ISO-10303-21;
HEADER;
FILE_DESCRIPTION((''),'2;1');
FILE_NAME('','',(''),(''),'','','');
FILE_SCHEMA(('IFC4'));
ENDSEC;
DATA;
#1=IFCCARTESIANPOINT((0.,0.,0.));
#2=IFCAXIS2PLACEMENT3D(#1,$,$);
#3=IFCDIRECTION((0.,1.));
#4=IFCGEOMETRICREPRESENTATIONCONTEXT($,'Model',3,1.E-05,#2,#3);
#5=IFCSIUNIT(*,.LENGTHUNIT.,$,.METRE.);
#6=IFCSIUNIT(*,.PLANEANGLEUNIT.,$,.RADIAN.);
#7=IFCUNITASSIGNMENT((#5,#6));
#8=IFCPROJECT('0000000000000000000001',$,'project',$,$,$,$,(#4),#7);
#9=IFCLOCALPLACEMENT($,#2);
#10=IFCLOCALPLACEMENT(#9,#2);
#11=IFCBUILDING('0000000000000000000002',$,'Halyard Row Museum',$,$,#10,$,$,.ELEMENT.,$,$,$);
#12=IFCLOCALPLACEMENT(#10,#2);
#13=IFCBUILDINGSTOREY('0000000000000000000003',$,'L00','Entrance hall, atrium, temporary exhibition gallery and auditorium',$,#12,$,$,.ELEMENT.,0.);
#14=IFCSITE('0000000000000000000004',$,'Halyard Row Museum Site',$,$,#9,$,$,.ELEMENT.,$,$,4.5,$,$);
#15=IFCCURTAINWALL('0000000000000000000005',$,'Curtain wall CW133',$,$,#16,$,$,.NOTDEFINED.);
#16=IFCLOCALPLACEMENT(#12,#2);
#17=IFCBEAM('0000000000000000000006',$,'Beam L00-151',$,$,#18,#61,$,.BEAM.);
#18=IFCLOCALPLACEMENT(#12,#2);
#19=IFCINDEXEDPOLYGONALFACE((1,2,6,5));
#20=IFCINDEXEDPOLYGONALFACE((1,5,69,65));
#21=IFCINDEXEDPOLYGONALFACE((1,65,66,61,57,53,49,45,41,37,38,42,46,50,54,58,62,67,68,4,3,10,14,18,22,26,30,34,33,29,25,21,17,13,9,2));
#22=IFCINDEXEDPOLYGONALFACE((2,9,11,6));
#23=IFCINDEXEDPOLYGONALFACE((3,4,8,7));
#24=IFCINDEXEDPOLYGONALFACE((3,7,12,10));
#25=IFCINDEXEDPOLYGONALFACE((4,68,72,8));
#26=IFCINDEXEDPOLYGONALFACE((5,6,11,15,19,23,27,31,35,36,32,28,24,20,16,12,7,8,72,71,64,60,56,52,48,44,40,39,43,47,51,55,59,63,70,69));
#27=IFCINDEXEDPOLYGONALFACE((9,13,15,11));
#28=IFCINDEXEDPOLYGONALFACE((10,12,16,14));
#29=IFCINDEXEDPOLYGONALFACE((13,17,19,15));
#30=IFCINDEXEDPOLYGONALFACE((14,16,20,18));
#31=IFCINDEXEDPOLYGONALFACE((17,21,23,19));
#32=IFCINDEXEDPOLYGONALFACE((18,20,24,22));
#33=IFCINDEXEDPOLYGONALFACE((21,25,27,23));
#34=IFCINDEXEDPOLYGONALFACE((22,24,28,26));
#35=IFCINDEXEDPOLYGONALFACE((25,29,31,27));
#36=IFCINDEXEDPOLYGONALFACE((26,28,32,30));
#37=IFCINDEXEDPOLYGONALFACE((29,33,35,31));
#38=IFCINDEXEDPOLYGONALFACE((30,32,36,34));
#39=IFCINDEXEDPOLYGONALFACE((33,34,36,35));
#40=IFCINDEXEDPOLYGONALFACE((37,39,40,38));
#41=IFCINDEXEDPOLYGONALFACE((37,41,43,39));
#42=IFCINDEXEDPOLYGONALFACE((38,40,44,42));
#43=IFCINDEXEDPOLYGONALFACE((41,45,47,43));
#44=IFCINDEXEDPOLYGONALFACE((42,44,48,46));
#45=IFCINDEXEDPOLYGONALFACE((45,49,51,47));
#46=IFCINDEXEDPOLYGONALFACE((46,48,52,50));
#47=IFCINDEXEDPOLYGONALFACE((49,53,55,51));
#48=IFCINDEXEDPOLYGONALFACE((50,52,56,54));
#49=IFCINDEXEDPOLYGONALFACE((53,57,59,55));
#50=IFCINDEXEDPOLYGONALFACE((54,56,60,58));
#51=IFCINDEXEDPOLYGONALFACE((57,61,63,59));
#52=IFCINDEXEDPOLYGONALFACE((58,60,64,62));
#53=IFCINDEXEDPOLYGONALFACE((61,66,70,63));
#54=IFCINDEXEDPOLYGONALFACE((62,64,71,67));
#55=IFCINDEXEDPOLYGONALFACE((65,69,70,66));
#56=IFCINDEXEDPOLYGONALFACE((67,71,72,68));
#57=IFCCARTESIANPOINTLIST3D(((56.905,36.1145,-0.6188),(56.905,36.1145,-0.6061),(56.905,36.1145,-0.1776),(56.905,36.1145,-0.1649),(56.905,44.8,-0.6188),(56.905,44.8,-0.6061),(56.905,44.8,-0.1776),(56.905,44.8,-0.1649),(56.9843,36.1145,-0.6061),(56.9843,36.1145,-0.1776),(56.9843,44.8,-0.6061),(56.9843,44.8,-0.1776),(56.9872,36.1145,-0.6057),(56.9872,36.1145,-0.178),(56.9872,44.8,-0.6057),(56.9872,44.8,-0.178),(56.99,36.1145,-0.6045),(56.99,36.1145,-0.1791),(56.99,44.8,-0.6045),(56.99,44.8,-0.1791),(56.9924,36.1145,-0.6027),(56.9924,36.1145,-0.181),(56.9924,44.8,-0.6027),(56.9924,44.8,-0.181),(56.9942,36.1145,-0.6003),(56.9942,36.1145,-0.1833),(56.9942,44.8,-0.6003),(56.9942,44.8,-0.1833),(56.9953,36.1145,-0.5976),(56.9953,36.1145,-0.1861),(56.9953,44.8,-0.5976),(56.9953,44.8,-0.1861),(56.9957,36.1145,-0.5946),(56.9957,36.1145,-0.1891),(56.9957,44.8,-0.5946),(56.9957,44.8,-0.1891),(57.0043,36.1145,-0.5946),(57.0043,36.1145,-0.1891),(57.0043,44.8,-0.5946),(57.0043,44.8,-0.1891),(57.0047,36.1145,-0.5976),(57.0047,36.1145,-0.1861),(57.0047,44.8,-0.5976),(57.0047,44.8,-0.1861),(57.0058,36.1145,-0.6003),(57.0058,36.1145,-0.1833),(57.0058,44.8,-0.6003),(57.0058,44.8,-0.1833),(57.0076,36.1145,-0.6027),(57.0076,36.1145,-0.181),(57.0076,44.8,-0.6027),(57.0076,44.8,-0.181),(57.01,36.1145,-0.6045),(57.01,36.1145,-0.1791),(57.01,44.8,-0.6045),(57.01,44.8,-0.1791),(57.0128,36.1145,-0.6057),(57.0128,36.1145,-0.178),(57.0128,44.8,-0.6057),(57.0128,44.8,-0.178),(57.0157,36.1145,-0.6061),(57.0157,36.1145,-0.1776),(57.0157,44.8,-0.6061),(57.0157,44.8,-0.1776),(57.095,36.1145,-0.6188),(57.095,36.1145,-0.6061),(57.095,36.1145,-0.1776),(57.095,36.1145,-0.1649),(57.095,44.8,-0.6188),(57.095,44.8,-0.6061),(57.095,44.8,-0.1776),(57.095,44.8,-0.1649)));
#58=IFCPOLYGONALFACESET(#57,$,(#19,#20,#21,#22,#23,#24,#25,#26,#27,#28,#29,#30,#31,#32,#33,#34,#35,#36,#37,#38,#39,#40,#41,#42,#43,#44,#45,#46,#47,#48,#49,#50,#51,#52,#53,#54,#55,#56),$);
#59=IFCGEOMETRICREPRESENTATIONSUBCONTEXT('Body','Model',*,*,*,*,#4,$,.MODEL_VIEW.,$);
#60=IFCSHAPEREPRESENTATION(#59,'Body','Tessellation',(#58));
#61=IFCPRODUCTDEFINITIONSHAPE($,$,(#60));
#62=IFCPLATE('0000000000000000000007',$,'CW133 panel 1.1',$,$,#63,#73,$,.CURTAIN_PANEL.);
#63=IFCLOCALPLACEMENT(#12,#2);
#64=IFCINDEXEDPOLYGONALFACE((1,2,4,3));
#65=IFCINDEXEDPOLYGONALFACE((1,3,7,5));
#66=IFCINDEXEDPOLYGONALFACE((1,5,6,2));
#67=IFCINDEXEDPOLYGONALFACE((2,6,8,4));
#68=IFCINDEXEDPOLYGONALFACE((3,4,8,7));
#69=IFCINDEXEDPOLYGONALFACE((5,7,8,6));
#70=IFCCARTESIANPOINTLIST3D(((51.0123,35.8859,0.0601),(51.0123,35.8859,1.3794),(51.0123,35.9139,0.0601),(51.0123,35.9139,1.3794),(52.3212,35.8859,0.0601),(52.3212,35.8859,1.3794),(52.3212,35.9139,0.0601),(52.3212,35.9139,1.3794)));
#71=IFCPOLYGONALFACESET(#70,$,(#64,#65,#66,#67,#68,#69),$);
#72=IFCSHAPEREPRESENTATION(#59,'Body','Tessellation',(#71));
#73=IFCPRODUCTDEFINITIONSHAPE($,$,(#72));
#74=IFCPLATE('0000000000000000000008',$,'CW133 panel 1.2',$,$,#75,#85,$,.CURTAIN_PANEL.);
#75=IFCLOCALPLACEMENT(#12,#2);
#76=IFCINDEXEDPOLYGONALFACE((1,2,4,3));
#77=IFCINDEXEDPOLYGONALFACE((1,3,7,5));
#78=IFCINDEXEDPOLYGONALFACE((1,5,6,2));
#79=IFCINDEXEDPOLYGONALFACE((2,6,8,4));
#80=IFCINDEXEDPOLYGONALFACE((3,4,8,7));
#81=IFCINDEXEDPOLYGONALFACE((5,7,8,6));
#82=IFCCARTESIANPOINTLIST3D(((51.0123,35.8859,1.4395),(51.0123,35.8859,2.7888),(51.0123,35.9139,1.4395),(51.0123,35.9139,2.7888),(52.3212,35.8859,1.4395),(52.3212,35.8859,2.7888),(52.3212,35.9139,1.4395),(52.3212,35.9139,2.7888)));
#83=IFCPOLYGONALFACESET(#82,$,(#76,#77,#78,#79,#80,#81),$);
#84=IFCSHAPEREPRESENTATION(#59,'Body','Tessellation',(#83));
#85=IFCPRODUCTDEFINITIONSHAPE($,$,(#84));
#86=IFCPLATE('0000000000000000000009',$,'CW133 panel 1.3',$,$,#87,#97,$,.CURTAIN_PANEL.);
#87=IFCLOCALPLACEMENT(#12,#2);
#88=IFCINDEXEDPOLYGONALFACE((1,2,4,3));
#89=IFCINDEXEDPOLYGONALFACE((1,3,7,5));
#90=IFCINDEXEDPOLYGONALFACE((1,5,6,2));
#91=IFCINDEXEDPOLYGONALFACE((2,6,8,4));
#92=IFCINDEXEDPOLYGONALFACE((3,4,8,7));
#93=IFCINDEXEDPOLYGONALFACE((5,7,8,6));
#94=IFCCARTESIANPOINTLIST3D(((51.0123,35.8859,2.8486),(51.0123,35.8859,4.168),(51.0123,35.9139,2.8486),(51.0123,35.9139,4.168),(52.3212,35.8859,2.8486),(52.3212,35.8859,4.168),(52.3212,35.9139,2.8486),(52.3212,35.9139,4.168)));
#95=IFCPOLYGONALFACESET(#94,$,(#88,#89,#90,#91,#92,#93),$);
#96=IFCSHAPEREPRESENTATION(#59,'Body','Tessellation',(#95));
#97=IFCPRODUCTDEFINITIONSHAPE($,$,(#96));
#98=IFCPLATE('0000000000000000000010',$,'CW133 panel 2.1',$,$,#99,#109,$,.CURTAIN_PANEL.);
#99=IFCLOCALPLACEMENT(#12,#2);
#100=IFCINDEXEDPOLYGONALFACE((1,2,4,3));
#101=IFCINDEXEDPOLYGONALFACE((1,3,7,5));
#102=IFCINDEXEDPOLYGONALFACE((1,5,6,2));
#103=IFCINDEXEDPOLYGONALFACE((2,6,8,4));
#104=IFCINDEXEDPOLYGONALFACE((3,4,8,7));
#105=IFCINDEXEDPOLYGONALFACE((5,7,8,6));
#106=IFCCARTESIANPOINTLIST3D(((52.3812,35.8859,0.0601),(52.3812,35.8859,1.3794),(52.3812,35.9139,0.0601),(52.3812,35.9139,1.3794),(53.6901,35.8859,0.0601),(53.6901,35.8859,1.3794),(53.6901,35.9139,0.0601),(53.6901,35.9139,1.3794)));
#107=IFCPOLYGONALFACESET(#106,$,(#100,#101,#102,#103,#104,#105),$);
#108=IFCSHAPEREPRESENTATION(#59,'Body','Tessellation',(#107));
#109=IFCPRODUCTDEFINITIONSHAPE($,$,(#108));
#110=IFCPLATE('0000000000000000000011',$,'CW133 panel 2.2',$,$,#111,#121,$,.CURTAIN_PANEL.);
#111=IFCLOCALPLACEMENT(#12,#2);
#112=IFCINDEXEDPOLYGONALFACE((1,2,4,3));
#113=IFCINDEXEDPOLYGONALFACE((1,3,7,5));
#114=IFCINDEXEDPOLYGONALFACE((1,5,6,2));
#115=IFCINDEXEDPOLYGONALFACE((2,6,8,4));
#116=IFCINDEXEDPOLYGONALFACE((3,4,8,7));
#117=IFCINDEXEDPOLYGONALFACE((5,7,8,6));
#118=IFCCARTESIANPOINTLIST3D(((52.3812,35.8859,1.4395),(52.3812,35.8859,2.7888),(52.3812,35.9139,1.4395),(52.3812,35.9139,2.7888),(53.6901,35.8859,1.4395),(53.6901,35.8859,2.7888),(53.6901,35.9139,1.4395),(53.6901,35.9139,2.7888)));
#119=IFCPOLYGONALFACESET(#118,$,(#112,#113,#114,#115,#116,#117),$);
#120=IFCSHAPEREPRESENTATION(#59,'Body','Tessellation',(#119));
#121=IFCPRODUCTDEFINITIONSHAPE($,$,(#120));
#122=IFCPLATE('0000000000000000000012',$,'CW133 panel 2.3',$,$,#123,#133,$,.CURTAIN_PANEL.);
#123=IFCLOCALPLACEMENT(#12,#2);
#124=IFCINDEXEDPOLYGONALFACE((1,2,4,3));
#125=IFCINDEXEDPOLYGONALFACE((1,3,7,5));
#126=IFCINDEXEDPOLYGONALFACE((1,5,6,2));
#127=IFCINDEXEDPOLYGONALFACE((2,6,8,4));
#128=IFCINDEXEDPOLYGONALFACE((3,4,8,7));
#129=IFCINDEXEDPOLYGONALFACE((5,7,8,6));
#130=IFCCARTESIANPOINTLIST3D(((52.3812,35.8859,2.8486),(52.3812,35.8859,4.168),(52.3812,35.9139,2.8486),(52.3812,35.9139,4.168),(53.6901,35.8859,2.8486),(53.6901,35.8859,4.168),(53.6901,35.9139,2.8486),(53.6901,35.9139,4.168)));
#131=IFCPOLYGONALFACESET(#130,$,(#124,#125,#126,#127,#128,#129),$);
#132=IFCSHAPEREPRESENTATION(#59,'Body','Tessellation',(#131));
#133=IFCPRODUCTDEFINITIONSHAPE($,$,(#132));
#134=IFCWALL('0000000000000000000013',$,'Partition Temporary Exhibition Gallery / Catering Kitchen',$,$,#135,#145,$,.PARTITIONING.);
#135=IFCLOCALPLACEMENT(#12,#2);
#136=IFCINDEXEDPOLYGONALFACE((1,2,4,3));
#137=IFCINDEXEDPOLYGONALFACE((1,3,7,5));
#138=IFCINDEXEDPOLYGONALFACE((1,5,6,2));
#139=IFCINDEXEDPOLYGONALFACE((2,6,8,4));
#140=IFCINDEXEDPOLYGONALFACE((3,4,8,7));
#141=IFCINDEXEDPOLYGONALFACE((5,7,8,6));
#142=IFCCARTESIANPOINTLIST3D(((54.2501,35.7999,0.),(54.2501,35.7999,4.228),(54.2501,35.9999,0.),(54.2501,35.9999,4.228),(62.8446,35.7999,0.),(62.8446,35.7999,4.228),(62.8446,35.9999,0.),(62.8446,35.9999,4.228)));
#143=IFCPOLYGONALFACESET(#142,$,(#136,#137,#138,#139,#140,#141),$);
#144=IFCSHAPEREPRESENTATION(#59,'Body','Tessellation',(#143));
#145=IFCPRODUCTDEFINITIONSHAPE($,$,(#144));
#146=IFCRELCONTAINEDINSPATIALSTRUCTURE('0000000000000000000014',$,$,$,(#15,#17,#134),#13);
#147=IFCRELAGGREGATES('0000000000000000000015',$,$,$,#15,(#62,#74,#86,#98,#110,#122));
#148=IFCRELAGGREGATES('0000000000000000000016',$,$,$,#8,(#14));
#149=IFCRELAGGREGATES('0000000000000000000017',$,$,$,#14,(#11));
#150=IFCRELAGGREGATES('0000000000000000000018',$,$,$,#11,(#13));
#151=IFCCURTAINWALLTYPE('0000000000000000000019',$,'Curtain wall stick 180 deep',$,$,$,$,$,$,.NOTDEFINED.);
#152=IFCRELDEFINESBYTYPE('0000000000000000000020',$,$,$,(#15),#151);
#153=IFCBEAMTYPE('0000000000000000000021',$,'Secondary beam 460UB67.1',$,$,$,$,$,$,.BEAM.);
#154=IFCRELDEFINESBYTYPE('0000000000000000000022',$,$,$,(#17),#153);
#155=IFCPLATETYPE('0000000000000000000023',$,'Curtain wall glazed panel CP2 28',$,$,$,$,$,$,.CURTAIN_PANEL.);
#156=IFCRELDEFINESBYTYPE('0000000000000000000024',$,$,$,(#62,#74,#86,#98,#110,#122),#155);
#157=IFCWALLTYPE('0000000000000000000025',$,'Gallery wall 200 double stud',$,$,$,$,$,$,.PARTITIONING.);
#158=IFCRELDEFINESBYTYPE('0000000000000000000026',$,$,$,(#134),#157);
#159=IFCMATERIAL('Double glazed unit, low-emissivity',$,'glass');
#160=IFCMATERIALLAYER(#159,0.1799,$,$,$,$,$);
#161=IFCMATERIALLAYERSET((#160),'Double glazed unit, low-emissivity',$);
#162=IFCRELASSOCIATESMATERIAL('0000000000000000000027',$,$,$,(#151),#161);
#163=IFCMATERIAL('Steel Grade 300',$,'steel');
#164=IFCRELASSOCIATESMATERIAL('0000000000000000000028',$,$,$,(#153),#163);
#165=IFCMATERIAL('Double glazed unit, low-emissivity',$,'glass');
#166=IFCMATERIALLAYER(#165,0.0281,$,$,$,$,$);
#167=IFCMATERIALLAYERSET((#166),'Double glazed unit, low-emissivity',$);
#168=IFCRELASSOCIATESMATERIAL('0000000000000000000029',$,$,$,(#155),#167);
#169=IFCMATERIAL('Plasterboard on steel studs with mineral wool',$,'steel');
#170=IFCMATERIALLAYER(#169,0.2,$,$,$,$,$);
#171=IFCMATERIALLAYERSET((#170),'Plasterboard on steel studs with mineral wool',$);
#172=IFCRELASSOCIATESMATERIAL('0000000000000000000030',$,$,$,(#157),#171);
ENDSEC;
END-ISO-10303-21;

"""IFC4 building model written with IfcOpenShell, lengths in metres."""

from ifc_helpers import new_model, si_unit, direction, frame, frame_2d, origin, origin_2d, place, context, subcontext, project, spatial, rectangle, i_section, extrude, material, layer, layer_set, material_profile, profile_set, type_object, element, aggregate, save


model = new_model("IFC4")

# Units and contexts
model_context = context("Model", 3, precision=1e-05, world=origin(), true_north=direction((0.0, 1.0)))
body_context = subcontext(model_context, "Body", "Model", "MODEL_VIEW")
ifc_project = project(units=[si_unit("LENGTHUNIT", "METRE"), si_unit("PLANEANGLEUNIT", "RADIAN")], contexts=[model_context])

# Site, building, storey
site_placement = place(None, origin())
site = spatial("IfcSite", under=ifc_project, at=site_placement, Name="Halyard Row Museum Site", CompositionType="ELEMENT", RefElevation=4.5)
building_placement = place(site_placement, origin())
building = spatial("IfcBuilding", under=site, at=building_placement, Name="Halyard Row Museum", CompositionType="ELEMENT")
storey_placement = place(building_placement, origin())
storey = spatial("IfcBuildingStorey", under=building, at=storey_placement, Name="L00", Description="Entrance hall, atrium, temporary exhibition gallery and auditorium", CompositionType="ELEMENT", Elevation=0.0)

# Curtain wall
ifc_material_1 = material(Name="Double glazed unit, low-emissivity", Category="glass")
ifc_layer_1 = layer(ifc_material_1, 0.1799)
ifc_layer_set_1 = layer_set([ifc_layer_1], Name="Double glazed unit, low-emissivity")
curtain_wall_type = type_object("IfcCurtainWallType", Name="Curtain wall stick 180 deep", PredefinedType="NOTDEFINED", material=ifc_layer_set_1)
curtain_wall_placement = place(storey_placement, origin())
curtain_wall = element("IfcCurtainWall", 1, at=curtain_wall_placement, inside=storey, type_object=curtain_wall_type, Name="Curtain wall CW133", PredefinedType="NOTDEFINED")

# Beam
ifc_material_2 = material(Name="Steel Grade 300", Category="steel")
ifc_material_profile_1 = material_profile(ifc_material_2, i_section(OverallWidth=0.1899, OverallDepth=0.4539, WebThickness=0.0085, FlangeThickness=0.0127, FilletRadius=0.0115, at=origin_2d()), Name="460UB67.1")
ifc_profile_set_1 = profile_set([ifc_material_profile_1], Name="Steel Grade 300")
beam_type_1 = type_object("IfcBeamType", Name="Secondary beam 460UB67.1", PredefinedType="BEAM", material=ifc_profile_set_1)
for number, where, z_axis, x_axis, name in (
    (2, (57.0, 36.1145, -0.3918), (0.0, 1.0, 0.0), (-1.0, 0.0, 0.0), "Beam L00-151"),
):
    element("IfcBeam", number, at=place(storey_placement, frame(where, z_axis=z_axis, x_axis=x_axis)), inside=storey, type_object=beam_type_1, Name=name, PredefinedType="BEAM", context=body_context, shape_type="SweptSolid", body=[
        extrude(i_section(OverallWidth=0.1899, OverallDepth=0.4539, WebThickness=0.0085, FlangeThickness=0.0127, FilletRadius=0.0115, at=origin_2d()), origin(), (0.0, 0.0, 1.0), 8.6855),
    ])

# Plates
ifc_material_3 = material(Name="Double glazed unit, low-emissivity", Category="glass")
ifc_layer_2 = layer(ifc_material_3, 0.0281)
ifc_layer_set_2 = layer_set([ifc_layer_2], Name="Double glazed unit, low-emissivity")
plate_type = type_object("IfcPlateType", Name="Curtain wall glazed panel CP2 28", PredefinedType="CURTAIN_PANEL", material=ifc_layer_set_2)
plate_1_placement = place(storey_placement, frame((51.6667, 35.8999, 0.0601), z_axis=(0.0, 0.0, 1.0), x_axis=(1.0, 0.0, 0.0)))
plate_1 = element("IfcPlate", 3, at=plate_1_placement, type_object=plate_type, Name="CW133 panel 1.1", PredefinedType="CURTAIN_PANEL", context=body_context, shape_type="SweptSolid", body=[
    extrude(rectangle(XDim=1.3088, YDim=0.0281, at=origin_2d()), origin(), (0.0, 0.0, 1.0), 1.3193),
])
plate_2_placement = place(storey_placement, frame((51.6667, 35.8999, 1.4395), z_axis=(0.0, 0.0, 1.0), x_axis=(1.0, 0.0, 0.0)))
plate_2 = element("IfcPlate", 4, at=plate_2_placement, type_object=plate_type, Name="CW133 panel 1.2", PredefinedType="CURTAIN_PANEL", context=body_context, shape_type="SweptSolid", body=[
    extrude(rectangle(XDim=1.3088, YDim=0.0281, at=origin_2d()), origin(), (0.0, 0.0, 1.0), 1.3494),
])
plate_3_placement = place(storey_placement, frame((51.6667, 35.8999, 2.8486), z_axis=(0.0, 0.0, 1.0), x_axis=(1.0, 0.0, 0.0)))
plate_3 = element("IfcPlate", 5, at=plate_3_placement, type_object=plate_type, Name="CW133 panel 1.3", PredefinedType="CURTAIN_PANEL", context=body_context, shape_type="SweptSolid", body=[
    extrude(rectangle(XDim=1.3088, YDim=0.0281, at=origin_2d()), origin(), (0.0, 0.0, 1.0), 1.3193),
])
plate_4_placement = place(storey_placement, frame((53.0356, 35.8999, 0.0601), z_axis=(0.0, 0.0, 1.0), x_axis=(1.0, 0.0, 0.0)))
plate_4 = element("IfcPlate", 6, at=plate_4_placement, type_object=plate_type, Name="CW133 panel 2.1", PredefinedType="CURTAIN_PANEL", context=body_context, shape_type="SweptSolid", body=[
    extrude(rectangle(XDim=1.3088, YDim=0.0281, at=origin_2d()), origin(), (0.0, 0.0, 1.0), 1.3193),
])
plate_5_placement = place(storey_placement, frame((53.0356, 35.8999, 1.4395), z_axis=(0.0, 0.0, 1.0), x_axis=(1.0, 0.0, 0.0)))
plate_5 = element("IfcPlate", 7, at=plate_5_placement, type_object=plate_type, Name="CW133 panel 2.2", PredefinedType="CURTAIN_PANEL", context=body_context, shape_type="SweptSolid", body=[
    extrude(rectangle(XDim=1.3088, YDim=0.0281, at=origin_2d()), origin(), (0.0, 0.0, 1.0), 1.3494),
])
plate_6_placement = place(storey_placement, frame((53.0356, 35.8999, 2.8486), z_axis=(0.0, 0.0, 1.0), x_axis=(1.0, 0.0, 0.0)))
plate_6 = element("IfcPlate", 8, at=plate_6_placement, type_object=plate_type, Name="CW133 panel 2.3", PredefinedType="CURTAIN_PANEL", context=body_context, shape_type="SweptSolid", body=[
    extrude(rectangle(XDim=1.3088, YDim=0.0281, at=origin_2d()), origin(), (0.0, 0.0, 1.0), 1.3193),
])
aggregate(curtain_wall, [plate_1, plate_2, plate_3, plate_4, plate_5, plate_6])

# Wall
ifc_material_4 = material(Name="Plasterboard on steel studs with mineral wool", Category="steel")
ifc_layer_3 = layer(ifc_material_4, 0.2)
ifc_layer_set_3 = layer_set([ifc_layer_3], Name="Plasterboard on steel studs with mineral wool")
wall_type = type_object("IfcWallType", Name="Gallery wall 200 double stud", PredefinedType="PARTITIONING", material=ifc_layer_set_3)
wall_placement = place(storey_placement, frame((54.25, 35.8999, 0.0), z_axis=(0.0, 0.0, 1.0), x_axis=(1.0, 0.0, 0.0)))
element("IfcWall", 9, at=wall_placement, inside=storey, type_object=wall_type, Name="Partition Temporary Exhibition Gallery / Catering Kitchen", PredefinedType="PARTITIONING", context=body_context, shape_type="SweptSolid", body=[
    extrude(rectangle(XDim=8.5945, YDim=0.2, at=frame_2d((4.2974, 0.0))), origin(), (0.0, 0.0, 1.0), 4.228),
])

save(model, "model.ifc")
